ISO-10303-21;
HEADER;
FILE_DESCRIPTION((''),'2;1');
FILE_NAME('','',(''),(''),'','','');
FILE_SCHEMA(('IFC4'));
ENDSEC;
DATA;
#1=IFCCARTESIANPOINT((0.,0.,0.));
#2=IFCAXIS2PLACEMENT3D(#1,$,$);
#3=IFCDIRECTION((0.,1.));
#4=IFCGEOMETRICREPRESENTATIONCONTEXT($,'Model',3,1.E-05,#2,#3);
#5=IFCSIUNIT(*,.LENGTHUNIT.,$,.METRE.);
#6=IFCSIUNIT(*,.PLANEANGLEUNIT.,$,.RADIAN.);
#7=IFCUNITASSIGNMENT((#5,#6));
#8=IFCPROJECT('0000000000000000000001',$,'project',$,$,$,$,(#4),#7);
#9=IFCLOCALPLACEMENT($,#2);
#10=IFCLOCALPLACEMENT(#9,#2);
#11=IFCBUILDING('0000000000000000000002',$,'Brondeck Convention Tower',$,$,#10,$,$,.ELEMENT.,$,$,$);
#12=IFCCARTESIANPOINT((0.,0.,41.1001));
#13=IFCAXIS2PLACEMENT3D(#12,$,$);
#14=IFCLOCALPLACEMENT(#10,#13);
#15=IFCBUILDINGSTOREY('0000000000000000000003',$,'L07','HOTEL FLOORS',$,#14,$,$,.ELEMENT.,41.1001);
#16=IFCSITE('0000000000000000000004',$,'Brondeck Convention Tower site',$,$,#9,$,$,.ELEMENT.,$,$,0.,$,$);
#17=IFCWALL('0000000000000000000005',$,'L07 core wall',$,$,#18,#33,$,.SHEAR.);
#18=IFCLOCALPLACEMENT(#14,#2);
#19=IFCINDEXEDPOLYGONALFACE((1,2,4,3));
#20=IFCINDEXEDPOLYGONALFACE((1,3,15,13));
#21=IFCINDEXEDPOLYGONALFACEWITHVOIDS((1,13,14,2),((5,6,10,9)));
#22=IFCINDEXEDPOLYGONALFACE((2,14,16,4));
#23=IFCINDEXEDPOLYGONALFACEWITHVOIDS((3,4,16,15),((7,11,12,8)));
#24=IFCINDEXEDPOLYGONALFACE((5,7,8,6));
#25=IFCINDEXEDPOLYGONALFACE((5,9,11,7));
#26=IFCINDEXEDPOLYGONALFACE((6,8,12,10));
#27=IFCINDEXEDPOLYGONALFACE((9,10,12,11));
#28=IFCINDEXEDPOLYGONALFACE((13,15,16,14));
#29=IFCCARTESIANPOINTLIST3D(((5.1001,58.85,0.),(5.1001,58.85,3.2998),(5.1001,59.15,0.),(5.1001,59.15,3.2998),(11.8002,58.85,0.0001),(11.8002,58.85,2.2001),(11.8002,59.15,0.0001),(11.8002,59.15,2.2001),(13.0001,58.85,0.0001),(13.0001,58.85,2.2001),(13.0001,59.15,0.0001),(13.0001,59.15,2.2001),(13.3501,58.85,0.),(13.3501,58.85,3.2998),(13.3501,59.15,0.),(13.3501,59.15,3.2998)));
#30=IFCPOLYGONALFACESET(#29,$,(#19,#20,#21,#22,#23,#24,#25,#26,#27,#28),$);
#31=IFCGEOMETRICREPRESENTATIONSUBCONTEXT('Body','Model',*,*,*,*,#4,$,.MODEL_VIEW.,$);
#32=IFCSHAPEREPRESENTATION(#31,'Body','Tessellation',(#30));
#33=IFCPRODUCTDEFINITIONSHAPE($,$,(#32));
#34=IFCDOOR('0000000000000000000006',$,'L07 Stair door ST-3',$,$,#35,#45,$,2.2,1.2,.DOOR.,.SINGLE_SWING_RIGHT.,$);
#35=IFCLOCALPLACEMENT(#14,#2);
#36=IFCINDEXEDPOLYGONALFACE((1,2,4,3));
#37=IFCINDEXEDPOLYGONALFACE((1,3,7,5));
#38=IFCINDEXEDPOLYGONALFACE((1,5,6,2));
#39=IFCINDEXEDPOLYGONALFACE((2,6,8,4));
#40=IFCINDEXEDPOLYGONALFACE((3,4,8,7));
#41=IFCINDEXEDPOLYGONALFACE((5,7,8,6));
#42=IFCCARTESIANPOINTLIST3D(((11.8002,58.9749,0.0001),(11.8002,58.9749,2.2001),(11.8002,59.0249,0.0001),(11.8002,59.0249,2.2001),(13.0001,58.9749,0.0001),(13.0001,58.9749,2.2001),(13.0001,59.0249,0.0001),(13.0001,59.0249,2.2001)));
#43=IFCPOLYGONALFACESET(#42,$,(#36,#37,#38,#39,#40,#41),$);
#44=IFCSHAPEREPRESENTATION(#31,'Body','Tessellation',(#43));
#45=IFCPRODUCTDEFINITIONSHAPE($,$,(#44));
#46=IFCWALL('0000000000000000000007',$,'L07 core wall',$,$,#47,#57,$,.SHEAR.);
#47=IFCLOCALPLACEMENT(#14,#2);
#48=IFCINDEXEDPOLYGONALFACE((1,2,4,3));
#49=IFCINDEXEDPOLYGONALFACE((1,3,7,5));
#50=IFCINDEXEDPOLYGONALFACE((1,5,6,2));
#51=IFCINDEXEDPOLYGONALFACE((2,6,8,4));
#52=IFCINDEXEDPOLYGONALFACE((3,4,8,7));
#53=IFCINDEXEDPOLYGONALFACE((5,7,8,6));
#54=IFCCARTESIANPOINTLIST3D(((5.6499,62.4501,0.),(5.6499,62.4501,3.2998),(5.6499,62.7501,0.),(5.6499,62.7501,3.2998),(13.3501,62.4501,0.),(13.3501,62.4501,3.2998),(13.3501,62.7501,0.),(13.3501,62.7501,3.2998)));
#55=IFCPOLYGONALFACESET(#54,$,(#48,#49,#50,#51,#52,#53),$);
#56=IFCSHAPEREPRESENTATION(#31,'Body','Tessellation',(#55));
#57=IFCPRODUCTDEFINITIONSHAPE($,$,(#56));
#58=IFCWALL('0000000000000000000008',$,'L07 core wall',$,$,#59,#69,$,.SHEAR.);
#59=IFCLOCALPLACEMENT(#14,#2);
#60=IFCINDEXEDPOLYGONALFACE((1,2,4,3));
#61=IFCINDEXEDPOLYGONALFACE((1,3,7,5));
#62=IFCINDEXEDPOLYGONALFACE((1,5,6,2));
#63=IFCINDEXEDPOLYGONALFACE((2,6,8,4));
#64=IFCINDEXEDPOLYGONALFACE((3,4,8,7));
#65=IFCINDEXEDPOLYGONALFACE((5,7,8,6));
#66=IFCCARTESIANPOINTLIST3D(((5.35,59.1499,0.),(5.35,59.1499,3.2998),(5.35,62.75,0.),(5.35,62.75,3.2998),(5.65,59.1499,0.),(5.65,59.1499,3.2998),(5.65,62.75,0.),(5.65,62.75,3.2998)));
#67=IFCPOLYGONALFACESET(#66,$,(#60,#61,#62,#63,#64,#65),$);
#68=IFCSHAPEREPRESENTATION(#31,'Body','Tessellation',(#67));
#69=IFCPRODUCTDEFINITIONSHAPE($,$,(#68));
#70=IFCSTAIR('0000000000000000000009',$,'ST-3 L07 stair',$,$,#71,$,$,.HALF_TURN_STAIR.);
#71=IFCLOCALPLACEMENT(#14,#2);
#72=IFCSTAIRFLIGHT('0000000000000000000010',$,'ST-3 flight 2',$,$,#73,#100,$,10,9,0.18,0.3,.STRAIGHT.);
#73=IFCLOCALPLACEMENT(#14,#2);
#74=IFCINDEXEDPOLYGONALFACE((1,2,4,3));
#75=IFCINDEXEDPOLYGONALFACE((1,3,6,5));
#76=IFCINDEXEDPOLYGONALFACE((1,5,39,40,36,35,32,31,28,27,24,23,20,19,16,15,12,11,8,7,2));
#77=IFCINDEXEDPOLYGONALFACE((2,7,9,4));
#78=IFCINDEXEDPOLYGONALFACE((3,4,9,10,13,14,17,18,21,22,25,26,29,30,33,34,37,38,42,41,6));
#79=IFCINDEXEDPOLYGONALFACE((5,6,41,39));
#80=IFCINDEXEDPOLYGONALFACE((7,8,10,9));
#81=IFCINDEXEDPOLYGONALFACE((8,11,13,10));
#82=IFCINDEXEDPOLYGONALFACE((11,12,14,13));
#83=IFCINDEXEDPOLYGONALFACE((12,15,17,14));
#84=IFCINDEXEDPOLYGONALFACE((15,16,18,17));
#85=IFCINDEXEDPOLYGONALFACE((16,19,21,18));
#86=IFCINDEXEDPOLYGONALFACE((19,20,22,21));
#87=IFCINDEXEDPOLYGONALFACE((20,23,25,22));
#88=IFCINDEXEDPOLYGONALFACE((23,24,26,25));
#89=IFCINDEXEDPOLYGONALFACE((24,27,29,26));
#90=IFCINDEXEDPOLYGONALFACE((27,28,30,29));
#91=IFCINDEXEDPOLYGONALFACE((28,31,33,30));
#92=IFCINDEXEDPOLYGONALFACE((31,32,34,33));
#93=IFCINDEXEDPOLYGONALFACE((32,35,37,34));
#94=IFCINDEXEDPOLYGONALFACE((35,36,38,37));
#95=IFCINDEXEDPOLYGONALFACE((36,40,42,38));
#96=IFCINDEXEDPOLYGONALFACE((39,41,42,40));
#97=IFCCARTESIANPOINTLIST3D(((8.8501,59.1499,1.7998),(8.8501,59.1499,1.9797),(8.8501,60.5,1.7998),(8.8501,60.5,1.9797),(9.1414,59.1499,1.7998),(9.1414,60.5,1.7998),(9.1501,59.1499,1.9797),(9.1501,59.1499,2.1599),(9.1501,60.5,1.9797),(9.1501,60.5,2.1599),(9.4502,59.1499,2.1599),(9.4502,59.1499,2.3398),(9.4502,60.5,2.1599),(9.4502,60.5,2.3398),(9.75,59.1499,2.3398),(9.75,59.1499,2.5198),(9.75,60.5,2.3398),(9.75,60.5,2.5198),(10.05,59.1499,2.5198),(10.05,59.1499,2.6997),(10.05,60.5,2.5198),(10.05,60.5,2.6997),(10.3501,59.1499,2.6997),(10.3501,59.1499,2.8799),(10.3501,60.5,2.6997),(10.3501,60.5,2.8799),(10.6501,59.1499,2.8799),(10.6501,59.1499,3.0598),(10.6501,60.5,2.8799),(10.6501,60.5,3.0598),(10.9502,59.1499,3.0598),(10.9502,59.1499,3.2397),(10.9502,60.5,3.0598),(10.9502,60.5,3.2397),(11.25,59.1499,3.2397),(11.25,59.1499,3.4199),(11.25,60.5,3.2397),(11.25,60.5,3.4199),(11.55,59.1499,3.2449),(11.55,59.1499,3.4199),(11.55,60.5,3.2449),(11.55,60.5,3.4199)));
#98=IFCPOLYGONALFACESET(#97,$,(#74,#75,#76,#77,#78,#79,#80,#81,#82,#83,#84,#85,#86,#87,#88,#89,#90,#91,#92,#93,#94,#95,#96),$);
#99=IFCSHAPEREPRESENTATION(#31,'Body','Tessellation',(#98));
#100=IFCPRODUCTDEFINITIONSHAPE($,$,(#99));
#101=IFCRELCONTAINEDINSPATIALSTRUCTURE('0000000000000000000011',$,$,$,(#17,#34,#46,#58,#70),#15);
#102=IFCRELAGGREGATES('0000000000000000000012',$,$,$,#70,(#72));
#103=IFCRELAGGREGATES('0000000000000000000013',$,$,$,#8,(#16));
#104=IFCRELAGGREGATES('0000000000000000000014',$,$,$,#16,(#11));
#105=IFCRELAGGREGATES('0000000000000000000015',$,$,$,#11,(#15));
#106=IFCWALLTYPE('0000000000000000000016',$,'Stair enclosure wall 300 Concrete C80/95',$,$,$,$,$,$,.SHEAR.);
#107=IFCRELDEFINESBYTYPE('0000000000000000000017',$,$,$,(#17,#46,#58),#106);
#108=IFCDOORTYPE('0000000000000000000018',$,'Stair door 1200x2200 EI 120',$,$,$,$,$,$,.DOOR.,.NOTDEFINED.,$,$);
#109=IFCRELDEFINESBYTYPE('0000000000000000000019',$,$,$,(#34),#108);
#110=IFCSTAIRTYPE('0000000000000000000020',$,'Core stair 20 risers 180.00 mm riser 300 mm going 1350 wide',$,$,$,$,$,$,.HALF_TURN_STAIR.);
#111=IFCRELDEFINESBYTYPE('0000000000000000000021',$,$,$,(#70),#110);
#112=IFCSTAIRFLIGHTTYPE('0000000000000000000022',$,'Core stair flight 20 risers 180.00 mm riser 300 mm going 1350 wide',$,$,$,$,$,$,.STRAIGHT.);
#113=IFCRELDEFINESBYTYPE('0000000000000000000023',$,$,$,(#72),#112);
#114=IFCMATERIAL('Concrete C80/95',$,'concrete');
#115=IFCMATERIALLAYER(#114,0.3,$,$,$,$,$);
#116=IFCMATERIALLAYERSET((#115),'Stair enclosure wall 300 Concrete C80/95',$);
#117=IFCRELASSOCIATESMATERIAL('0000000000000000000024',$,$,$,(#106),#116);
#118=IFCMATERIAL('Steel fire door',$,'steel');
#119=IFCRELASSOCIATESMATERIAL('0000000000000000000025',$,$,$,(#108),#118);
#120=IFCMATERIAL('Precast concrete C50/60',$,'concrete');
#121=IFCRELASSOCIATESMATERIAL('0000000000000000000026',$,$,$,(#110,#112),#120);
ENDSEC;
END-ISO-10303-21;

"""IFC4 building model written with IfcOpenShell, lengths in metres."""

from ifc_helpers import new_model, si_unit, direction, frame, frame_2d, origin, place, context, subcontext, project, spatial, polyline, rectangle, outline, extrude, material, layer, layer_set, type_object, element, fill, aggregate, save


model = new_model("IFC4")

# Units and contexts
model_context = context("Model", 3, precision=1e-05, world=origin(), true_north=direction((0.0, 1.0)))
body_context = subcontext(model_context, "Body", "Model", "MODEL_VIEW")
ifc_project = project(units=[si_unit("LENGTHUNIT", "METRE"), si_unit("PLANEANGLEUNIT", "RADIAN")], contexts=[model_context])

# Site, building, storey
site_placement = place(None, origin())
site = spatial("IfcSite", under=ifc_project, at=site_placement, Name="Brondeck Convention Tower site", CompositionType="ELEMENT", RefElevation=0.0)
building_placement = place(site_placement, origin())
building = spatial("IfcBuilding", under=site, at=building_placement, Name="Brondeck Convention Tower", CompositionType="ELEMENT")
storey_placement = place(building_placement, frame((0.0, 0.0, 41.1001)))
storey = spatial("IfcBuildingStorey", under=building, at=storey_placement, Name="L07", Description="HOTEL FLOORS", CompositionType="ELEMENT", Elevation=41.1001)

# Shared definitions
ifc_material_1 = material(Name="Concrete C80/95", Category="concrete")

# Shared definitions
ifc_material_2 = material(Name="Steel fire door", Category="steel")

# Wall, opening, door
ifc_layer_1 = layer(ifc_material_1, 0.3)
ifc_layer_set_1 = layer_set([ifc_layer_1], Name="Stair enclosure wall 300 Concrete C80/95")
wall_type_1 = type_object("IfcWallType", Name="Stair enclosure wall 300 Concrete C80/95", PredefinedType="SHEAR", material=ifc_layer_set_1)
wall_1_placement = place(storey_placement, frame((5.1001, 59.0, 0.0), z_axis=(0.0, 0.0, 1.0), x_axis=(1.0, 0.0, 0.0)))
wall_1 = element("IfcWall", 1, at=wall_1_placement, inside=storey, type_object=wall_type_1, Name="L07 core wall", PredefinedType="SHEAR", context=body_context, shape_type="SweptSolid", body=[
    extrude(rectangle(XDim=8.25, YDim=0.3, at=frame_2d((4.125, 0.0))), origin(), (0.0, 0.0, 1.0), 3.2998),
])
opening_1_placement = place(wall_1_placement, frame((6.7, 0.0, 0.0)))
opening_1 = element("IfcOpeningElement", 2, at=opening_1_placement, cuts=wall_1, PredefinedType="OPENING", context=body_context, shape_type="SweptSolid", body=[
    extrude(rectangle(XDim=1.2, YDim=2.2, at=frame_2d((0.6001, 1.1001))), frame((0.0, 0.1599, 0.0), z_axis=(0.0, -1.0, 0.0), x_axis=(1.0, 0.0, 0.0)), (0.0, 0.0, 1.0), 0.3201),
])
door_type_1 = type_object("IfcDoorType", Name="Stair door 1200x2200 EI 120", OperationType="NOTDEFINED", PredefinedType="DOOR", material=ifc_material_2)
door_1_placement = place(opening_1_placement, origin())
door_1 = element("IfcDoor", 3, at=door_1_placement, inside=storey, type_object=door_type_1, Name="L07 Stair door ST-3", OperationType="SINGLE_SWING_RIGHT", OverallHeight=2.2, OverallWidth=1.2, PredefinedType="DOOR", context=body_context, shape_type="SweptSolid", body=[
    extrude(rectangle(XDim=1.2, YDim=2.2, at=frame_2d((0.6001, 1.1001))), frame((0.0, 0.0249, 0.0), z_axis=(0.0, -1.0, 0.0), x_axis=(1.0, 0.0, 0.0)), (0.0, 0.0, 1.0), 0.05),
])
fill(opening_1, door_1)

# Walls
wall_2_placement = place(storey_placement, frame((5.6499, 62.6001, 0.0), z_axis=(0.0, 0.0, 1.0), x_axis=(1.0, 0.0, 0.0)))
element("IfcWall", 4, at=wall_2_placement, inside=storey, type_object=wall_type_1, Name="L07 core wall", PredefinedType="SHEAR", context=body_context, shape_type="SweptSolid", body=[
    extrude(rectangle(XDim=7.7002, YDim=0.3, at=frame_2d((3.8501, 0.0))), origin(), (0.0, 0.0, 1.0), 3.2998),
])
wall_3_placement = place(storey_placement, frame((5.5, 59.1499, 0.0), z_axis=(0.0, 0.0, 1.0), x_axis=(0.0, 1.0, 0.0)))
element("IfcWall", 5, at=wall_3_placement, inside=storey, type_object=wall_type_1, Name="L07 core wall", PredefinedType="SHEAR", context=body_context, shape_type="SweptSolid", body=[
    extrude(rectangle(XDim=3.6001, YDim=0.3, at=frame_2d((1.8, 0.0))), origin(), (0.0, 0.0, 1.0), 3.2998),
])

# Stair, stair flight
ifc_material_3 = material(Name="Precast concrete C50/60", Category="concrete")
stair_type = type_object("IfcStairType", Name="Core stair 20 risers 180.00 mm riser 300 mm going 1350 wide", PredefinedType="HALF_TURN_STAIR", material=ifc_material_3)
stair_placement = place(storey_placement, origin())
stair = element("IfcStair", 6, at=stair_placement, inside=storey, type_object=stair_type, Name="ST-3 L07 stair", PredefinedType="HALF_TURN_STAIR")
stair_flight_type = type_object("IfcStairFlightType", Name="Core stair flight 20 risers 180.00 mm riser 300 mm going 1350 wide", PredefinedType="STRAIGHT", material=ifc_material_3)
stair_flight_placement = place(storey_placement, frame((8.8501, 59.825, 1.7998), z_axis=(0.0, 0.0, 1.0), x_axis=(1.0, 0.0, 0.0)))
stair_flight = element("IfcStairFlight", 7, at=stair_flight_placement, type_object=stair_flight_type, Name="ST-3 flight 2", NumberOfRisers=10, NumberOfTreads=9, PredefinedType="STRAIGHT", RiserHeight=0.18, TreadLength=0.3, context=body_context, shape_type="SweptSolid", body=[
    extrude(outline(polyline([(0.0, 0.0), (0.0, 0.1799), (0.3, 0.1799), (0.3, 0.3601), (0.6001, 0.3601), (0.6001, 0.54), (0.8999, 0.54), (0.8999, 0.72), (1.2, 0.72), (1.2, 0.8999), (1.5, 0.8999), (1.5, 1.0801), (1.8, 1.0801), (1.8, 1.26), (2.1001, 1.26), (2.1001, 1.4399), (2.3999, 1.4399), (2.3999, 1.6201), (2.7, 1.6201), (2.7, 1.8), (2.7, 1.4451), (0.2913, 0.0), (0.0, 0.0)])), frame((0.0, 0.675, 0.0), z_axis=(0.0, -1.0, 0.0), x_axis=(1.0, 0.0, 0.0)), (0.0, 0.0, 1.0), 1.3501),
])
aggregate(stair, [stair_flight])

save(model, "model.ifc")
